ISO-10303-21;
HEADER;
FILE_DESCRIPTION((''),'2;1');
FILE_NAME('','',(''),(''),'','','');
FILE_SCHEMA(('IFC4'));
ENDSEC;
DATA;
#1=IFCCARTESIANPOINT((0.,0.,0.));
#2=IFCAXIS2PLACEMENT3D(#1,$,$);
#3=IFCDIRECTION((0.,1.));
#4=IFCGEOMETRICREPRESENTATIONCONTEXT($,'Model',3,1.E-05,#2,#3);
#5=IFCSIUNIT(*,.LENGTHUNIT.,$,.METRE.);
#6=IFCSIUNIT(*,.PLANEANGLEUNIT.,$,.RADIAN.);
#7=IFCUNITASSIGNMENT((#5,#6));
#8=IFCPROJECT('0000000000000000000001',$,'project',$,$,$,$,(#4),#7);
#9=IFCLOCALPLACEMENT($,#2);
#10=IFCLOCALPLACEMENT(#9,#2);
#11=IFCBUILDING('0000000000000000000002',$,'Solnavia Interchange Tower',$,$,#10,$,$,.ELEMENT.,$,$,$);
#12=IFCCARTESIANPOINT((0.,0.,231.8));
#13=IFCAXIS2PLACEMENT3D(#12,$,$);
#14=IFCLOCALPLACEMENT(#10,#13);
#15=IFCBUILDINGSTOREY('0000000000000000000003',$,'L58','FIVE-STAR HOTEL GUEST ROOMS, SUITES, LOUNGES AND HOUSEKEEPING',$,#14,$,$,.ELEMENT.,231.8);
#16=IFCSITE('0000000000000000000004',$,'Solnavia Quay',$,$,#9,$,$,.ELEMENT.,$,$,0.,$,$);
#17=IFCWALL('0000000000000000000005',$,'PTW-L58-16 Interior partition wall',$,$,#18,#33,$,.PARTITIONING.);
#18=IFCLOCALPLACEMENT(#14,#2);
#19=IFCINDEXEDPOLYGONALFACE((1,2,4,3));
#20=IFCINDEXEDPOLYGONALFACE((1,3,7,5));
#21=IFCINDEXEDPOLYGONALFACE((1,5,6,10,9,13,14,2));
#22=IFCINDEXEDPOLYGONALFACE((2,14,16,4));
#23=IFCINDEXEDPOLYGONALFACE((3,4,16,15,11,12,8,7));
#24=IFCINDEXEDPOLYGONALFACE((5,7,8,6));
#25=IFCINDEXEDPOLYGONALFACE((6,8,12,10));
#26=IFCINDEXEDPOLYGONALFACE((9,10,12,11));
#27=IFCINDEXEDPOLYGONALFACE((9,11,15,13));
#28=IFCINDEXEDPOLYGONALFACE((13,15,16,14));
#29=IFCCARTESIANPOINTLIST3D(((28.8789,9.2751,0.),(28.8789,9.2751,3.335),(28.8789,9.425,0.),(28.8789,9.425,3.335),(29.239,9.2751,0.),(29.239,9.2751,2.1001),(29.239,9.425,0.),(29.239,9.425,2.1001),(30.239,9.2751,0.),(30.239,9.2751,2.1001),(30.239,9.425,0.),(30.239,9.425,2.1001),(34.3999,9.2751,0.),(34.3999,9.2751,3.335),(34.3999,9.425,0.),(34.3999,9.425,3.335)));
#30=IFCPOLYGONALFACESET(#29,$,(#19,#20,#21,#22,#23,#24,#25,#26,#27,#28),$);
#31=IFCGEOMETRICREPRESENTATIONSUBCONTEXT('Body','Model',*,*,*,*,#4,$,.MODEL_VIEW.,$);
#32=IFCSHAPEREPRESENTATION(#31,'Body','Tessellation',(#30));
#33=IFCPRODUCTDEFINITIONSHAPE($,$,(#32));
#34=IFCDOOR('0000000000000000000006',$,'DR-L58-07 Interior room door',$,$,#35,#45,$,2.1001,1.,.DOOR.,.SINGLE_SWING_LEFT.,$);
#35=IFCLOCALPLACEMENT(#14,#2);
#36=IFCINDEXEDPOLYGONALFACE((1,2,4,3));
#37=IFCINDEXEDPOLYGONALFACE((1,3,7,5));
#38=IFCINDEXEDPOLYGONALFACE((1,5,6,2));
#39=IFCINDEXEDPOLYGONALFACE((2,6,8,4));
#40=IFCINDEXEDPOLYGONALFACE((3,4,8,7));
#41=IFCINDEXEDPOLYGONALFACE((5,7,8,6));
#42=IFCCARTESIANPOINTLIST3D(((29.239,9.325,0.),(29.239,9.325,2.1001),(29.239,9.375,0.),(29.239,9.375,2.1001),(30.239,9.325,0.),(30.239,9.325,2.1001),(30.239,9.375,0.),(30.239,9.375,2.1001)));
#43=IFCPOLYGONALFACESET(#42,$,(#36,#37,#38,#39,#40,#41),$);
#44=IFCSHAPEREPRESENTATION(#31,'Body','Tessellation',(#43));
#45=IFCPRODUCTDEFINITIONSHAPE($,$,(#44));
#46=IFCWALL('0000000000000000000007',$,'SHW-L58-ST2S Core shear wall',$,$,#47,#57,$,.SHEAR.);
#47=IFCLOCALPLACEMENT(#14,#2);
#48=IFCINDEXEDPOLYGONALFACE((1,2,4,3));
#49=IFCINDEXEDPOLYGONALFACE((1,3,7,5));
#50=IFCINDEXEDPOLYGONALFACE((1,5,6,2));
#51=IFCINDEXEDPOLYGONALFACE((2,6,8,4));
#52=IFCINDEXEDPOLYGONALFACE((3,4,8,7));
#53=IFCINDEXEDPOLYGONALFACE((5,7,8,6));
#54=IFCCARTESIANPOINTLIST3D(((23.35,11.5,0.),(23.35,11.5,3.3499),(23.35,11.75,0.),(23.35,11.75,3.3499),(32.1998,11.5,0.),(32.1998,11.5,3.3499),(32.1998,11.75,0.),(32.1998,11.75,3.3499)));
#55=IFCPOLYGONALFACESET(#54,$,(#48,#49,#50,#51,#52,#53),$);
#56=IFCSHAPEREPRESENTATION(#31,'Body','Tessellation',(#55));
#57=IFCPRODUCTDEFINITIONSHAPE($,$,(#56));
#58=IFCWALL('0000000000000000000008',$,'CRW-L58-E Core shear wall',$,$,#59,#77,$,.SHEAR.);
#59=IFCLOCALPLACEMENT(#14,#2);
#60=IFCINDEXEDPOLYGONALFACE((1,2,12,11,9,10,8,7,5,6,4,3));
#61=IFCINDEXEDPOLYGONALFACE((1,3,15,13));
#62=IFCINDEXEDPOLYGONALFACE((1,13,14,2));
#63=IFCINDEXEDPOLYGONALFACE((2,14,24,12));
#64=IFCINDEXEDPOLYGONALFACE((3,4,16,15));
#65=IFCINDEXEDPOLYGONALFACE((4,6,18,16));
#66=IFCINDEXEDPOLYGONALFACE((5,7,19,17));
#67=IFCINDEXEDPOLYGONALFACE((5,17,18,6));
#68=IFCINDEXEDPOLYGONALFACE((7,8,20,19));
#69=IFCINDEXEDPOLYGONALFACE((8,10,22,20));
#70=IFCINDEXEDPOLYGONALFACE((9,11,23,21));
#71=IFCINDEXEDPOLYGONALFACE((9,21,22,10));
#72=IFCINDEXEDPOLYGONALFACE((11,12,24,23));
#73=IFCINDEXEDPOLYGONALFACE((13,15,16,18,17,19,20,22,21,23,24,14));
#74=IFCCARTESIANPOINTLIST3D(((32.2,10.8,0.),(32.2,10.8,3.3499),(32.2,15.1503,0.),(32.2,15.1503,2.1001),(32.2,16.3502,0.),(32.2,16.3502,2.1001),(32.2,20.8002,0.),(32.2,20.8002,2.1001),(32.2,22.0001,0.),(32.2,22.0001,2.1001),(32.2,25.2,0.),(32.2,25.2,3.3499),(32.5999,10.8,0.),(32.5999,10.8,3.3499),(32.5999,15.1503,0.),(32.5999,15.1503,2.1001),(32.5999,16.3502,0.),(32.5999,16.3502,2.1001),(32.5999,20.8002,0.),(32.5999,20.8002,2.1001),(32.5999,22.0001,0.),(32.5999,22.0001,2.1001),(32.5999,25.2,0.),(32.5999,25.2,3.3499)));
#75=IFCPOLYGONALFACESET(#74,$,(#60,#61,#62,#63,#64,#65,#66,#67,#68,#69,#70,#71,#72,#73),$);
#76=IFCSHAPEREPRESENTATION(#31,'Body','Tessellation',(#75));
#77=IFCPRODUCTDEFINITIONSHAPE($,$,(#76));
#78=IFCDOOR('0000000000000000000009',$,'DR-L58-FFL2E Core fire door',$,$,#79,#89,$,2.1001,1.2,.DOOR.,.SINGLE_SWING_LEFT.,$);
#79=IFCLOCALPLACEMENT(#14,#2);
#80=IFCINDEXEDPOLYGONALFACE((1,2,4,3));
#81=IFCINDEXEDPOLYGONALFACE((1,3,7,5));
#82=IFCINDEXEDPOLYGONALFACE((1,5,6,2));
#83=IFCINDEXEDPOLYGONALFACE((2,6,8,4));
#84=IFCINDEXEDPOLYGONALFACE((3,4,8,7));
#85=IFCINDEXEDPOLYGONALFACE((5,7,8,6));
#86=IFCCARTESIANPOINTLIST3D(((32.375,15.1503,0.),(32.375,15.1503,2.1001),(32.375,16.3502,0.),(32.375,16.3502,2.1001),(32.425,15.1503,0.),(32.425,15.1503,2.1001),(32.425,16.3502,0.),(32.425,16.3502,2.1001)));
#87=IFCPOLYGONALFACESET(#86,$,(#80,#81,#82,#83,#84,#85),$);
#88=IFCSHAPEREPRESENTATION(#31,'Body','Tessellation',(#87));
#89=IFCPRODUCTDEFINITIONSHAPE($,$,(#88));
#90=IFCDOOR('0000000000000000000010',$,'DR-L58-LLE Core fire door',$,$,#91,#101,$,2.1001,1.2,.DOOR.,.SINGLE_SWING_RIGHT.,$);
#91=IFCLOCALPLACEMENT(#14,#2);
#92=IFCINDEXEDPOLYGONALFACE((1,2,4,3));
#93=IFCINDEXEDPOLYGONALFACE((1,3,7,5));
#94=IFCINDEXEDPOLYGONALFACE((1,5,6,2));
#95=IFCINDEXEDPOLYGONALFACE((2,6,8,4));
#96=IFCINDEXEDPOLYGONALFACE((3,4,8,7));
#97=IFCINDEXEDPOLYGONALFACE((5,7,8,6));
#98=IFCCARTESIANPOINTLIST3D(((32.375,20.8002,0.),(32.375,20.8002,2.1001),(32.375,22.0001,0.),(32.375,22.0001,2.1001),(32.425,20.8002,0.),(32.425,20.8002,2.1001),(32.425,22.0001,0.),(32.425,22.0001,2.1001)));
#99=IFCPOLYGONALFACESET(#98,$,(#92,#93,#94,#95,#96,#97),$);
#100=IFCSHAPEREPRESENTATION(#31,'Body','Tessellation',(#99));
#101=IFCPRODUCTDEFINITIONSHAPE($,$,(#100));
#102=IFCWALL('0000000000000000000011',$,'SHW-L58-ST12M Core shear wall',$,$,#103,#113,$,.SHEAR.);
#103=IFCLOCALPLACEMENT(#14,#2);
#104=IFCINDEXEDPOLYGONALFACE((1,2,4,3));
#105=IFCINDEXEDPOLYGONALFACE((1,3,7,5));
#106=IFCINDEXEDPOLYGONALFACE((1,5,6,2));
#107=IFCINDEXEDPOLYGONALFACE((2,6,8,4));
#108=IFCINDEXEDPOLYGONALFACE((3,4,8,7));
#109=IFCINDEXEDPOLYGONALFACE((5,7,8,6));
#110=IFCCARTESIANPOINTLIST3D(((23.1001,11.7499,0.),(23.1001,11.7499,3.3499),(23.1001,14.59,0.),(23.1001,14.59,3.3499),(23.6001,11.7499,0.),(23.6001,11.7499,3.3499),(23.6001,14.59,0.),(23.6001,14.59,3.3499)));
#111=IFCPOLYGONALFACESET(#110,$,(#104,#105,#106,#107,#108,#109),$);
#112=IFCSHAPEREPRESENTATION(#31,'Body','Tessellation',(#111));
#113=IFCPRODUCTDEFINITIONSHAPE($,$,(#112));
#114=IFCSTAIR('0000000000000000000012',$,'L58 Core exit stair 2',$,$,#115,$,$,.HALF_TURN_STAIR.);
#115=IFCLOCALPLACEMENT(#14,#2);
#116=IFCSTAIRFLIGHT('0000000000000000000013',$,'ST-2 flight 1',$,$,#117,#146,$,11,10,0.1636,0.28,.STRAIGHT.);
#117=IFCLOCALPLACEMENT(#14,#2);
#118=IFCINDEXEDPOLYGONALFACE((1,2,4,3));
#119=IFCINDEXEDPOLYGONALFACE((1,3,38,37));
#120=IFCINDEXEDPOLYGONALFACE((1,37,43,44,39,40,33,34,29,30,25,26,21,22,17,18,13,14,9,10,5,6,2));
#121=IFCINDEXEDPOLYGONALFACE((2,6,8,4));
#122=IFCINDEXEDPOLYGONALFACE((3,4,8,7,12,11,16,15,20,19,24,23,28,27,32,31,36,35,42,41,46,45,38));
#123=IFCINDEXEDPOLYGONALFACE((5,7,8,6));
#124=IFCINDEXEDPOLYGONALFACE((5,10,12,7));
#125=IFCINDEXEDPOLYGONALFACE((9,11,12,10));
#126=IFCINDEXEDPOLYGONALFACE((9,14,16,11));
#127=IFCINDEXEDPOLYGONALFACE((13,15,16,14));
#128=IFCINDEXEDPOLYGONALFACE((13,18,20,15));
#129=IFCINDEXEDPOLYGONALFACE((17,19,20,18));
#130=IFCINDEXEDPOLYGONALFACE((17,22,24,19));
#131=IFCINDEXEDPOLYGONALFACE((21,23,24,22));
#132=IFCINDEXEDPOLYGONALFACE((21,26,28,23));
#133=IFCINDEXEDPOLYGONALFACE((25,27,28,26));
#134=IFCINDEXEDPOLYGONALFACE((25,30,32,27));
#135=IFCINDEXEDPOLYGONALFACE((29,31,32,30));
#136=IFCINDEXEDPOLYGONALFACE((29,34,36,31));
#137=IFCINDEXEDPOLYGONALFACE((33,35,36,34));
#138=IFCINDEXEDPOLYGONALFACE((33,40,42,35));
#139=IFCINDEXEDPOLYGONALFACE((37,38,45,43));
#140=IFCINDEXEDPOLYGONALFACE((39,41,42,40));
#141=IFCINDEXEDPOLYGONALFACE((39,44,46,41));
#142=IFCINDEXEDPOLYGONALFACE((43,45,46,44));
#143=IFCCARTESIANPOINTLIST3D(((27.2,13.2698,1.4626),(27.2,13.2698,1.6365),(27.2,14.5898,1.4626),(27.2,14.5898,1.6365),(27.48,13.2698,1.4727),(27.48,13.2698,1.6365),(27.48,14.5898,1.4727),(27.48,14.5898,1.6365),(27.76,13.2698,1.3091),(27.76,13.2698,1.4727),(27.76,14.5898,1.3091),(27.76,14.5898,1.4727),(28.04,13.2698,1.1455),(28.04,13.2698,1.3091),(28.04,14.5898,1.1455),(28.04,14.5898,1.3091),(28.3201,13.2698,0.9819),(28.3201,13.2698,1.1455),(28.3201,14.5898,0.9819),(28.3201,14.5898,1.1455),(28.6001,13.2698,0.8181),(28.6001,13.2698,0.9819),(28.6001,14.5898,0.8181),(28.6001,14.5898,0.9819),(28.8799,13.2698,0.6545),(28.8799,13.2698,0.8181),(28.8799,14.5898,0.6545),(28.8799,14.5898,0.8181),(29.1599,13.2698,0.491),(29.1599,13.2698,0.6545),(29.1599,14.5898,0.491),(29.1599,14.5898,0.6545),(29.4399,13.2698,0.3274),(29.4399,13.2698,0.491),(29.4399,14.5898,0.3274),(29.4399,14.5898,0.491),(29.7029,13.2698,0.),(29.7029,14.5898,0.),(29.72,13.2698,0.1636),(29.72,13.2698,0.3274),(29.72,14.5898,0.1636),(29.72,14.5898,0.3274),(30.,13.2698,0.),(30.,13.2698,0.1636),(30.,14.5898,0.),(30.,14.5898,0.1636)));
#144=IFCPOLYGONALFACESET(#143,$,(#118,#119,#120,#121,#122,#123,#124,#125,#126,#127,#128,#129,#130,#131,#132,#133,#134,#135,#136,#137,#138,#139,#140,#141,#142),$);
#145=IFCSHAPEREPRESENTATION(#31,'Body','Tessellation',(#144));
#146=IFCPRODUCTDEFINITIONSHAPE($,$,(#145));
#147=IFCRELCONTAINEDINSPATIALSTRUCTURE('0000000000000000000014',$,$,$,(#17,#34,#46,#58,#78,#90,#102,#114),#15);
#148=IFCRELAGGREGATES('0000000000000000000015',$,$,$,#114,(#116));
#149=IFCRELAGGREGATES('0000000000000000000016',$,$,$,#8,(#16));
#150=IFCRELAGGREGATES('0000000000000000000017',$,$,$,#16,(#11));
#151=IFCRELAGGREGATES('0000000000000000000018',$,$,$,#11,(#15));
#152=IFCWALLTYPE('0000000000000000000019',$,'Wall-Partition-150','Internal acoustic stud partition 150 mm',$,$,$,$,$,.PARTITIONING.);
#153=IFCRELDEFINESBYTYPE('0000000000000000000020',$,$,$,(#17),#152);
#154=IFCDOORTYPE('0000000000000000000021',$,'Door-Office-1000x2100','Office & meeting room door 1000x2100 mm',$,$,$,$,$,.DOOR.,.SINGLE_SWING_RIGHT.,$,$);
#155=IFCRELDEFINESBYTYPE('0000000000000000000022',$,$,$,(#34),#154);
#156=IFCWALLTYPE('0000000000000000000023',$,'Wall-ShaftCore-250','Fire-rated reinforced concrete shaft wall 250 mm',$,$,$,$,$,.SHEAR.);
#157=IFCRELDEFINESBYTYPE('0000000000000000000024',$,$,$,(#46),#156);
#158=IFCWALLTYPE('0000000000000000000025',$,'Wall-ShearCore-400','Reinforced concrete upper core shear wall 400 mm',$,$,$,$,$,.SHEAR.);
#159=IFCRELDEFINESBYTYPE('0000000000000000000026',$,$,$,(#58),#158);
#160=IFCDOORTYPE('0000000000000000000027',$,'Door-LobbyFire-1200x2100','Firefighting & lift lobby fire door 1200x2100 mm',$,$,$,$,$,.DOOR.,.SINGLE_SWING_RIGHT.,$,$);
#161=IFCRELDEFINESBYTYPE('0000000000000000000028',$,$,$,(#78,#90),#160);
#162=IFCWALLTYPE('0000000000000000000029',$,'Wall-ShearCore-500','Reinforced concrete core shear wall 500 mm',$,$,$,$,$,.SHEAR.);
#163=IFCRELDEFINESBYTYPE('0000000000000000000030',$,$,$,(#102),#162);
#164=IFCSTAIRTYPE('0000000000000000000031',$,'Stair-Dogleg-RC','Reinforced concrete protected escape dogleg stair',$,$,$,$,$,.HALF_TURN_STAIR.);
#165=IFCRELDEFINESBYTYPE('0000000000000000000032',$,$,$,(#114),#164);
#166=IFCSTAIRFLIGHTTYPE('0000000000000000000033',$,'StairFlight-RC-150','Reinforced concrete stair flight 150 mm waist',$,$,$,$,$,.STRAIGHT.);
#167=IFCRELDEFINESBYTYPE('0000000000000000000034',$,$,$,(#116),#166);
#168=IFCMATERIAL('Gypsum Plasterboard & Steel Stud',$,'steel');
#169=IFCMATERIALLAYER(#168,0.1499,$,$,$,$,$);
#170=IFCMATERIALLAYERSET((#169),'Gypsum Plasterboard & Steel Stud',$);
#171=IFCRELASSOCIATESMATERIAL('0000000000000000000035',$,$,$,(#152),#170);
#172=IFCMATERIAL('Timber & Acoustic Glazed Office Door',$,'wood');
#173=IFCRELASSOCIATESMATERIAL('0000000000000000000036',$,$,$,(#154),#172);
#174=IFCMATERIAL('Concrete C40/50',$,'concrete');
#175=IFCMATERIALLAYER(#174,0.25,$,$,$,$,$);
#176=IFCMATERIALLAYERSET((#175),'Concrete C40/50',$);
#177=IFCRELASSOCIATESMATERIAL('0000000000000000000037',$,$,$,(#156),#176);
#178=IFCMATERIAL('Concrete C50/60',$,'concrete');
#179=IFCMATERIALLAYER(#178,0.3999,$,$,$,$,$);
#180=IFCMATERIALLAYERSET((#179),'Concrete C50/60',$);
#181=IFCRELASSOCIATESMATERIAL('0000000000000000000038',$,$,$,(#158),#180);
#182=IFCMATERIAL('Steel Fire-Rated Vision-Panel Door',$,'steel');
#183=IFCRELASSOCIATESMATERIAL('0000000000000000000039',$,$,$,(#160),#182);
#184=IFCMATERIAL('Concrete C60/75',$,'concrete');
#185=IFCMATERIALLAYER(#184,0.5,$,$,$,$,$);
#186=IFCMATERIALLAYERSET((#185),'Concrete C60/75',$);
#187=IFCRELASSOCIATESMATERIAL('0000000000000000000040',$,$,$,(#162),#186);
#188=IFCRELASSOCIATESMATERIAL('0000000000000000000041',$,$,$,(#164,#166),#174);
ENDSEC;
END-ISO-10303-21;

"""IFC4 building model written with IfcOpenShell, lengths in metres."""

from ifc_helpers import new_model, si_unit, direction, frame, frame_2d, origin, place, context, subcontext, project, spatial, polyline, rectangle, outline, extrude, material, layer, layer_set, type_object, element, fill, aggregate, save


model = new_model("IFC4")

# Units and contexts
model_context = context("Model", 3, precision=1e-05, world=origin(), true_north=direction((0.0, 1.0)))
body_context = subcontext(model_context, "Body", "Model", "MODEL_VIEW")
ifc_project = project(units=[si_unit("LENGTHUNIT", "METRE"), si_unit("PLANEANGLEUNIT", "RADIAN")], contexts=[model_context])

# Site, building, storey
site_placement = place(None, origin())
site = spatial("IfcSite", under=ifc_project, at=site_placement, Name="Solnavia Quay", CompositionType="ELEMENT", RefElevation=0.0)
building_placement = place(site_placement, origin())
building = spatial("IfcBuilding", under=site, at=building_placement, Name="Solnavia Interchange Tower", CompositionType="ELEMENT")
storey_placement = place(building_placement, frame((0.0, 0.0, 231.8)))
storey = spatial("IfcBuildingStorey", under=building, at=storey_placement, Name="L58", Description="FIVE-STAR HOTEL GUEST ROOMS, SUITES, LOUNGES AND HOUSEKEEPING", CompositionType="ELEMENT", Elevation=231.8)

# Shared definitions
ifc_material_1 = material(Name="Concrete C50/60", Category="concrete")

# Shared definitions
ifc_material_2 = material(Name="Concrete C40/50", Category="concrete")

# Shared definitions
ifc_material_3 = material(Name="Gypsum Plasterboard & Steel Stud", Category="steel")
ifc_layer_1 = layer(ifc_material_3, 0.1499)
ifc_layer_set_1 = layer_set([ifc_layer_1], Name="Gypsum Plasterboard & Steel Stud")
wall_type_1 = type_object("IfcWallType", Name="Wall-Partition-150", Description="Internal acoustic stud partition 150 mm", PredefinedType="PARTITIONING", material=ifc_layer_set_1)

# Wall, opening, door
wall_1_placement = place(storey_placement, frame((28.8789, 9.3501, 0.0), z_axis=(0.0, 0.0, 1.0), x_axis=(1.0, 0.0, 0.0)))
wall_1 = element("IfcWall", 1, at=wall_1_placement, inside=storey, type_object=wall_type_1, Name="PTW-L58-16 Interior partition wall", PredefinedType="PARTITIONING", context=body_context, shape_type="SweptSolid", body=[
    extrude(rectangle(XDim=5.521, YDim=0.1499, at=frame_2d((2.7605, 0.0))), origin(), (0.0, 0.0, 1.0), 3.335),
])
opening_1_placement = place(wall_1_placement, frame((0.3601, 0.0, 0.0)))
opening_1 = element("IfcOpeningElement", 2, at=opening_1_placement, cuts=wall_1, PredefinedType="OPENING", context=body_context, shape_type="SweptSolid", body=[
    extrude(rectangle(XDim=1.0, YDim=2.1001, at=frame_2d((0.5, 1.05))), frame((0.0, 0.085, 0.0), z_axis=(0.0, -1.0, 0.0), x_axis=(1.0, 0.0, 0.0)), (0.0, 0.0, 1.0), 0.1699),
])
ifc_material_4 = material(Name="Timber & Acoustic Glazed Office Door", Category="wood")
door_type_1 = type_object("IfcDoorType", Name="Door-Office-1000x2100", Description="Office & meeting room door 1000x2100 mm", OperationType="SINGLE_SWING_RIGHT", PredefinedType="DOOR", material=ifc_material_4)
door_1_placement = place(opening_1_placement, origin())
door_1 = element("IfcDoor", 3, at=door_1_placement, inside=storey, type_object=door_type_1, Name="DR-L58-07 Interior room door", OperationType="SINGLE_SWING_LEFT", OverallHeight=2.1001, OverallWidth=1.0, PredefinedType="DOOR", context=body_context, shape_type="SweptSolid", body=[
    extrude(rectangle(XDim=1.0, YDim=2.1001, at=frame_2d((0.5, 1.05))), frame((0.0, 0.0249, 0.0), z_axis=(0.0, -1.0, 0.0), x_axis=(1.0, 0.0, 0.0)), (0.0, 0.0, 1.0), 0.05),
])
fill(opening_1, door_1)

# Wall
ifc_layer_2 = layer(ifc_material_2, 0.25)
ifc_layer_set_2 = layer_set([ifc_layer_2], Name="Concrete C40/50")
wall_type_2 = type_object("IfcWallType", Name="Wall-ShaftCore-250", Description="Fire-rated reinforced concrete shaft wall 250 mm", PredefinedType="SHEAR", material=ifc_layer_set_2)
wall_2_placement = place(storey_placement, frame((23.3501, 11.625, 0.0), z_axis=(0.0, 0.0, 1.0), x_axis=(1.0, 0.0, 0.0)))
element("IfcWall", 4, at=wall_2_placement, inside=storey, type_object=wall_type_2, Name="SHW-L58-ST2S Core shear wall", PredefinedType="SHEAR", context=body_context, shape_type="SweptSolid", body=[
    extrude(rectangle(XDim=8.8499, YDim=0.25, at=frame_2d((4.4248, 0.0))), origin(), (0.0, 0.0, 1.0), 3.3499),
])

# Wall, openings, doors
ifc_layer_3 = layer(ifc_material_1, 0.3999)
ifc_layer_set_3 = layer_set([ifc_layer_3], Name="Concrete C50/60")
wall_type_3 = type_object("IfcWallType", Name="Wall-ShearCore-400", Description="Reinforced concrete upper core shear wall 400 mm", PredefinedType="SHEAR", material=ifc_layer_set_3)
wall_3_placement = place(storey_placement, frame((32.3999, 10.8, 0.0), z_axis=(0.0, 0.0, 1.0), x_axis=(0.0, 1.0, 0.0)))
wall_3 = element("IfcWall", 5, at=wall_3_placement, inside=storey, type_object=wall_type_3, Name="CRW-L58-E Core shear wall", PredefinedType="SHEAR", context=body_context, shape_type="SweptSolid", body=[
    extrude(rectangle(XDim=14.3999, YDim=0.3999, at=frame_2d((7.2, 0.0))), origin(), (0.0, 0.0, 1.0), 3.3499),
])
opening_2_placement = place(wall_3_placement, frame((4.3501, 0.0, 0.0)))
opening_2 = element("IfcOpeningElement", 6, at=opening_2_placement, cuts=wall_3, PredefinedType="OPENING", context=body_context, shape_type="SweptSolid", body=[
    extrude(rectangle(XDim=1.2, YDim=2.1001, at=frame_2d((0.6001, 1.05))), frame((0.0, 0.21, 0.0), z_axis=(0.0, -1.0, 0.0), x_axis=(1.0, 0.0, 0.0)), (0.0, 0.0, 1.0), 0.4199),
])
opening_3_placement = place(wall_3_placement, frame((10.0, 0.0, 0.0)))
opening_3 = element("IfcOpeningElement", 7, at=opening_3_placement, cuts=wall_3, PredefinedType="OPENING", context=body_context, shape_type="SweptSolid", body=[
    extrude(rectangle(XDim=1.2, YDim=2.1001, at=frame_2d((0.6001, 1.05))), frame((0.0, 0.21, 0.0), z_axis=(0.0, -1.0, 0.0), x_axis=(1.0, 0.0, 0.0)), (0.0, 0.0, 1.0), 0.4199),
])
ifc_material_5 = material(Name="Steel Fire-Rated Vision-Panel Door", Category="steel")
door_type_2 = type_object("IfcDoorType", Name="Door-LobbyFire-1200x2100", Description="Firefighting & lift lobby fire door 1200x2100 mm", OperationType="SINGLE_SWING_RIGHT", PredefinedType="DOOR", material=ifc_material_5)
door_2_placement = place(opening_2_placement, origin())
door_2 = element("IfcDoor", 8, at=door_2_placement, inside=storey, type_object=door_type_2, Name="DR-L58-FFL2E Core fire door", OperationType="SINGLE_SWING_LEFT", OverallHeight=2.1001, OverallWidth=1.2, PredefinedType="DOOR", context=body_context, shape_type="SweptSolid", body=[
    extrude(rectangle(XDim=1.2, YDim=2.1001, at=frame_2d((0.6001, 1.05))), frame((0.0, 0.0249, 0.0), z_axis=(0.0, -1.0, 0.0), x_axis=(1.0, 0.0, 0.0)), (0.0, 0.0, 1.0), 0.05),
])
fill(opening_2, door_2)
door_3_placement = place(opening_3_placement, origin())
door_3 = element("IfcDoor", 9, at=door_3_placement, inside=storey, type_object=door_type_2, Name="DR-L58-LLE Core fire door", OperationType="SINGLE_SWING_RIGHT", OverallHeight=2.1001, OverallWidth=1.2, PredefinedType="DOOR", context=body_context, shape_type="SweptSolid", body=[
    extrude(rectangle(XDim=1.2, YDim=2.1001, at=frame_2d((0.6001, 1.05))), frame((0.0, 0.0249, 0.0), z_axis=(0.0, -1.0, 0.0), x_axis=(1.0, 0.0, 0.0)), (0.0, 0.0, 1.0), 0.05),
])
fill(opening_3, door_3)

# Wall
ifc_material_6 = material(Name="Concrete C60/75", Category="concrete")
ifc_layer_4 = layer(ifc_material_6, 0.5)
ifc_layer_set_4 = layer_set([ifc_layer_4], Name="Concrete C60/75")
wall_type_4 = type_object("IfcWallType", Name="Wall-ShearCore-500", Description="Reinforced concrete core shear wall 500 mm", PredefinedType="SHEAR", material=ifc_layer_set_4)
wall_4_placement = place(storey_placement, frame((23.3501, 11.75, 0.0), z_axis=(0.0, 0.0, 1.0), x_axis=(0.0, 1.0, 0.0)))
element("IfcWall", 10, at=wall_4_placement, inside=storey, type_object=wall_type_4, Name="SHW-L58-ST12M Core shear wall", PredefinedType="SHEAR", context=body_context, shape_type="SweptSolid", body=[
    extrude(rectangle(XDim=2.8401, YDim=0.5, at=frame_2d((1.4199, 0.0))), origin(), (0.0, 0.0, 1.0), 3.3499),
])

# Stair, stair flight
stair_type = type_object("IfcStairType", Name="Stair-Dogleg-RC", Description="Reinforced concrete protected escape dogleg stair", PredefinedType="HALF_TURN_STAIR", material=ifc_material_2)
stair_placement = place(storey_placement, origin())
stair = element("IfcStair", 11, at=stair_placement, inside=storey, type_object=stair_type, Name="L58 Core exit stair 2", PredefinedType="HALF_TURN_STAIR")
stair_flight_type = type_object("IfcStairFlightType", Name="StairFlight-RC-150", Description="Reinforced concrete stair flight 150 mm waist", PredefinedType="STRAIGHT", material=ifc_material_2)
stair_flight_1_placement = place(storey_placement, frame((30.0, 13.9299, 0.0), z_axis=(0.0, 0.0, 1.0), x_axis=(-1.0, 0.0, 0.0)))
stair_flight_1 = element("IfcStairFlight", 12, at=stair_flight_1_placement, type_object=stair_flight_type, Name="ST-2 flight 1", NumberOfRisers=11, NumberOfTreads=10, PredefinedType="STRAIGHT", RiserHeight=0.1636, TreadLength=0.28, context=body_context, shape_type="SweptSolid", body=[
    extrude(outline(polyline([(0.0, 0.0), (0.0, 0.1636), (0.28, 0.1636), (0.28, 0.3274), (0.5601, 0.3274), (0.5601, 0.491), (0.8401, 0.491), (0.8401, 0.6545), (1.1201, 0.6545), (1.1201, 0.8181), (1.3999, 0.8181), (1.3999, 0.9819), (1.6799, 0.9819), (1.6799, 1.1455), (1.96, 1.1455), (1.96, 1.3091), (2.24, 1.3091), (2.24, 1.4727), (2.52, 1.4727), (2.52, 1.6365), (2.8, 1.6365), (2.8, 1.8), (2.8, 1.4626), (0.2971, 0.0), (0.0, 0.0)])), frame((0.0, 0.6602, 0.0), z_axis=(0.0, -1.0, 0.0), x_axis=(1.0, 0.0, 0.0)), (0.0, 0.0, 1.0), 1.3201),
])
aggregate(stair, [stair_flight_1])

save(model, "model.ifc")
